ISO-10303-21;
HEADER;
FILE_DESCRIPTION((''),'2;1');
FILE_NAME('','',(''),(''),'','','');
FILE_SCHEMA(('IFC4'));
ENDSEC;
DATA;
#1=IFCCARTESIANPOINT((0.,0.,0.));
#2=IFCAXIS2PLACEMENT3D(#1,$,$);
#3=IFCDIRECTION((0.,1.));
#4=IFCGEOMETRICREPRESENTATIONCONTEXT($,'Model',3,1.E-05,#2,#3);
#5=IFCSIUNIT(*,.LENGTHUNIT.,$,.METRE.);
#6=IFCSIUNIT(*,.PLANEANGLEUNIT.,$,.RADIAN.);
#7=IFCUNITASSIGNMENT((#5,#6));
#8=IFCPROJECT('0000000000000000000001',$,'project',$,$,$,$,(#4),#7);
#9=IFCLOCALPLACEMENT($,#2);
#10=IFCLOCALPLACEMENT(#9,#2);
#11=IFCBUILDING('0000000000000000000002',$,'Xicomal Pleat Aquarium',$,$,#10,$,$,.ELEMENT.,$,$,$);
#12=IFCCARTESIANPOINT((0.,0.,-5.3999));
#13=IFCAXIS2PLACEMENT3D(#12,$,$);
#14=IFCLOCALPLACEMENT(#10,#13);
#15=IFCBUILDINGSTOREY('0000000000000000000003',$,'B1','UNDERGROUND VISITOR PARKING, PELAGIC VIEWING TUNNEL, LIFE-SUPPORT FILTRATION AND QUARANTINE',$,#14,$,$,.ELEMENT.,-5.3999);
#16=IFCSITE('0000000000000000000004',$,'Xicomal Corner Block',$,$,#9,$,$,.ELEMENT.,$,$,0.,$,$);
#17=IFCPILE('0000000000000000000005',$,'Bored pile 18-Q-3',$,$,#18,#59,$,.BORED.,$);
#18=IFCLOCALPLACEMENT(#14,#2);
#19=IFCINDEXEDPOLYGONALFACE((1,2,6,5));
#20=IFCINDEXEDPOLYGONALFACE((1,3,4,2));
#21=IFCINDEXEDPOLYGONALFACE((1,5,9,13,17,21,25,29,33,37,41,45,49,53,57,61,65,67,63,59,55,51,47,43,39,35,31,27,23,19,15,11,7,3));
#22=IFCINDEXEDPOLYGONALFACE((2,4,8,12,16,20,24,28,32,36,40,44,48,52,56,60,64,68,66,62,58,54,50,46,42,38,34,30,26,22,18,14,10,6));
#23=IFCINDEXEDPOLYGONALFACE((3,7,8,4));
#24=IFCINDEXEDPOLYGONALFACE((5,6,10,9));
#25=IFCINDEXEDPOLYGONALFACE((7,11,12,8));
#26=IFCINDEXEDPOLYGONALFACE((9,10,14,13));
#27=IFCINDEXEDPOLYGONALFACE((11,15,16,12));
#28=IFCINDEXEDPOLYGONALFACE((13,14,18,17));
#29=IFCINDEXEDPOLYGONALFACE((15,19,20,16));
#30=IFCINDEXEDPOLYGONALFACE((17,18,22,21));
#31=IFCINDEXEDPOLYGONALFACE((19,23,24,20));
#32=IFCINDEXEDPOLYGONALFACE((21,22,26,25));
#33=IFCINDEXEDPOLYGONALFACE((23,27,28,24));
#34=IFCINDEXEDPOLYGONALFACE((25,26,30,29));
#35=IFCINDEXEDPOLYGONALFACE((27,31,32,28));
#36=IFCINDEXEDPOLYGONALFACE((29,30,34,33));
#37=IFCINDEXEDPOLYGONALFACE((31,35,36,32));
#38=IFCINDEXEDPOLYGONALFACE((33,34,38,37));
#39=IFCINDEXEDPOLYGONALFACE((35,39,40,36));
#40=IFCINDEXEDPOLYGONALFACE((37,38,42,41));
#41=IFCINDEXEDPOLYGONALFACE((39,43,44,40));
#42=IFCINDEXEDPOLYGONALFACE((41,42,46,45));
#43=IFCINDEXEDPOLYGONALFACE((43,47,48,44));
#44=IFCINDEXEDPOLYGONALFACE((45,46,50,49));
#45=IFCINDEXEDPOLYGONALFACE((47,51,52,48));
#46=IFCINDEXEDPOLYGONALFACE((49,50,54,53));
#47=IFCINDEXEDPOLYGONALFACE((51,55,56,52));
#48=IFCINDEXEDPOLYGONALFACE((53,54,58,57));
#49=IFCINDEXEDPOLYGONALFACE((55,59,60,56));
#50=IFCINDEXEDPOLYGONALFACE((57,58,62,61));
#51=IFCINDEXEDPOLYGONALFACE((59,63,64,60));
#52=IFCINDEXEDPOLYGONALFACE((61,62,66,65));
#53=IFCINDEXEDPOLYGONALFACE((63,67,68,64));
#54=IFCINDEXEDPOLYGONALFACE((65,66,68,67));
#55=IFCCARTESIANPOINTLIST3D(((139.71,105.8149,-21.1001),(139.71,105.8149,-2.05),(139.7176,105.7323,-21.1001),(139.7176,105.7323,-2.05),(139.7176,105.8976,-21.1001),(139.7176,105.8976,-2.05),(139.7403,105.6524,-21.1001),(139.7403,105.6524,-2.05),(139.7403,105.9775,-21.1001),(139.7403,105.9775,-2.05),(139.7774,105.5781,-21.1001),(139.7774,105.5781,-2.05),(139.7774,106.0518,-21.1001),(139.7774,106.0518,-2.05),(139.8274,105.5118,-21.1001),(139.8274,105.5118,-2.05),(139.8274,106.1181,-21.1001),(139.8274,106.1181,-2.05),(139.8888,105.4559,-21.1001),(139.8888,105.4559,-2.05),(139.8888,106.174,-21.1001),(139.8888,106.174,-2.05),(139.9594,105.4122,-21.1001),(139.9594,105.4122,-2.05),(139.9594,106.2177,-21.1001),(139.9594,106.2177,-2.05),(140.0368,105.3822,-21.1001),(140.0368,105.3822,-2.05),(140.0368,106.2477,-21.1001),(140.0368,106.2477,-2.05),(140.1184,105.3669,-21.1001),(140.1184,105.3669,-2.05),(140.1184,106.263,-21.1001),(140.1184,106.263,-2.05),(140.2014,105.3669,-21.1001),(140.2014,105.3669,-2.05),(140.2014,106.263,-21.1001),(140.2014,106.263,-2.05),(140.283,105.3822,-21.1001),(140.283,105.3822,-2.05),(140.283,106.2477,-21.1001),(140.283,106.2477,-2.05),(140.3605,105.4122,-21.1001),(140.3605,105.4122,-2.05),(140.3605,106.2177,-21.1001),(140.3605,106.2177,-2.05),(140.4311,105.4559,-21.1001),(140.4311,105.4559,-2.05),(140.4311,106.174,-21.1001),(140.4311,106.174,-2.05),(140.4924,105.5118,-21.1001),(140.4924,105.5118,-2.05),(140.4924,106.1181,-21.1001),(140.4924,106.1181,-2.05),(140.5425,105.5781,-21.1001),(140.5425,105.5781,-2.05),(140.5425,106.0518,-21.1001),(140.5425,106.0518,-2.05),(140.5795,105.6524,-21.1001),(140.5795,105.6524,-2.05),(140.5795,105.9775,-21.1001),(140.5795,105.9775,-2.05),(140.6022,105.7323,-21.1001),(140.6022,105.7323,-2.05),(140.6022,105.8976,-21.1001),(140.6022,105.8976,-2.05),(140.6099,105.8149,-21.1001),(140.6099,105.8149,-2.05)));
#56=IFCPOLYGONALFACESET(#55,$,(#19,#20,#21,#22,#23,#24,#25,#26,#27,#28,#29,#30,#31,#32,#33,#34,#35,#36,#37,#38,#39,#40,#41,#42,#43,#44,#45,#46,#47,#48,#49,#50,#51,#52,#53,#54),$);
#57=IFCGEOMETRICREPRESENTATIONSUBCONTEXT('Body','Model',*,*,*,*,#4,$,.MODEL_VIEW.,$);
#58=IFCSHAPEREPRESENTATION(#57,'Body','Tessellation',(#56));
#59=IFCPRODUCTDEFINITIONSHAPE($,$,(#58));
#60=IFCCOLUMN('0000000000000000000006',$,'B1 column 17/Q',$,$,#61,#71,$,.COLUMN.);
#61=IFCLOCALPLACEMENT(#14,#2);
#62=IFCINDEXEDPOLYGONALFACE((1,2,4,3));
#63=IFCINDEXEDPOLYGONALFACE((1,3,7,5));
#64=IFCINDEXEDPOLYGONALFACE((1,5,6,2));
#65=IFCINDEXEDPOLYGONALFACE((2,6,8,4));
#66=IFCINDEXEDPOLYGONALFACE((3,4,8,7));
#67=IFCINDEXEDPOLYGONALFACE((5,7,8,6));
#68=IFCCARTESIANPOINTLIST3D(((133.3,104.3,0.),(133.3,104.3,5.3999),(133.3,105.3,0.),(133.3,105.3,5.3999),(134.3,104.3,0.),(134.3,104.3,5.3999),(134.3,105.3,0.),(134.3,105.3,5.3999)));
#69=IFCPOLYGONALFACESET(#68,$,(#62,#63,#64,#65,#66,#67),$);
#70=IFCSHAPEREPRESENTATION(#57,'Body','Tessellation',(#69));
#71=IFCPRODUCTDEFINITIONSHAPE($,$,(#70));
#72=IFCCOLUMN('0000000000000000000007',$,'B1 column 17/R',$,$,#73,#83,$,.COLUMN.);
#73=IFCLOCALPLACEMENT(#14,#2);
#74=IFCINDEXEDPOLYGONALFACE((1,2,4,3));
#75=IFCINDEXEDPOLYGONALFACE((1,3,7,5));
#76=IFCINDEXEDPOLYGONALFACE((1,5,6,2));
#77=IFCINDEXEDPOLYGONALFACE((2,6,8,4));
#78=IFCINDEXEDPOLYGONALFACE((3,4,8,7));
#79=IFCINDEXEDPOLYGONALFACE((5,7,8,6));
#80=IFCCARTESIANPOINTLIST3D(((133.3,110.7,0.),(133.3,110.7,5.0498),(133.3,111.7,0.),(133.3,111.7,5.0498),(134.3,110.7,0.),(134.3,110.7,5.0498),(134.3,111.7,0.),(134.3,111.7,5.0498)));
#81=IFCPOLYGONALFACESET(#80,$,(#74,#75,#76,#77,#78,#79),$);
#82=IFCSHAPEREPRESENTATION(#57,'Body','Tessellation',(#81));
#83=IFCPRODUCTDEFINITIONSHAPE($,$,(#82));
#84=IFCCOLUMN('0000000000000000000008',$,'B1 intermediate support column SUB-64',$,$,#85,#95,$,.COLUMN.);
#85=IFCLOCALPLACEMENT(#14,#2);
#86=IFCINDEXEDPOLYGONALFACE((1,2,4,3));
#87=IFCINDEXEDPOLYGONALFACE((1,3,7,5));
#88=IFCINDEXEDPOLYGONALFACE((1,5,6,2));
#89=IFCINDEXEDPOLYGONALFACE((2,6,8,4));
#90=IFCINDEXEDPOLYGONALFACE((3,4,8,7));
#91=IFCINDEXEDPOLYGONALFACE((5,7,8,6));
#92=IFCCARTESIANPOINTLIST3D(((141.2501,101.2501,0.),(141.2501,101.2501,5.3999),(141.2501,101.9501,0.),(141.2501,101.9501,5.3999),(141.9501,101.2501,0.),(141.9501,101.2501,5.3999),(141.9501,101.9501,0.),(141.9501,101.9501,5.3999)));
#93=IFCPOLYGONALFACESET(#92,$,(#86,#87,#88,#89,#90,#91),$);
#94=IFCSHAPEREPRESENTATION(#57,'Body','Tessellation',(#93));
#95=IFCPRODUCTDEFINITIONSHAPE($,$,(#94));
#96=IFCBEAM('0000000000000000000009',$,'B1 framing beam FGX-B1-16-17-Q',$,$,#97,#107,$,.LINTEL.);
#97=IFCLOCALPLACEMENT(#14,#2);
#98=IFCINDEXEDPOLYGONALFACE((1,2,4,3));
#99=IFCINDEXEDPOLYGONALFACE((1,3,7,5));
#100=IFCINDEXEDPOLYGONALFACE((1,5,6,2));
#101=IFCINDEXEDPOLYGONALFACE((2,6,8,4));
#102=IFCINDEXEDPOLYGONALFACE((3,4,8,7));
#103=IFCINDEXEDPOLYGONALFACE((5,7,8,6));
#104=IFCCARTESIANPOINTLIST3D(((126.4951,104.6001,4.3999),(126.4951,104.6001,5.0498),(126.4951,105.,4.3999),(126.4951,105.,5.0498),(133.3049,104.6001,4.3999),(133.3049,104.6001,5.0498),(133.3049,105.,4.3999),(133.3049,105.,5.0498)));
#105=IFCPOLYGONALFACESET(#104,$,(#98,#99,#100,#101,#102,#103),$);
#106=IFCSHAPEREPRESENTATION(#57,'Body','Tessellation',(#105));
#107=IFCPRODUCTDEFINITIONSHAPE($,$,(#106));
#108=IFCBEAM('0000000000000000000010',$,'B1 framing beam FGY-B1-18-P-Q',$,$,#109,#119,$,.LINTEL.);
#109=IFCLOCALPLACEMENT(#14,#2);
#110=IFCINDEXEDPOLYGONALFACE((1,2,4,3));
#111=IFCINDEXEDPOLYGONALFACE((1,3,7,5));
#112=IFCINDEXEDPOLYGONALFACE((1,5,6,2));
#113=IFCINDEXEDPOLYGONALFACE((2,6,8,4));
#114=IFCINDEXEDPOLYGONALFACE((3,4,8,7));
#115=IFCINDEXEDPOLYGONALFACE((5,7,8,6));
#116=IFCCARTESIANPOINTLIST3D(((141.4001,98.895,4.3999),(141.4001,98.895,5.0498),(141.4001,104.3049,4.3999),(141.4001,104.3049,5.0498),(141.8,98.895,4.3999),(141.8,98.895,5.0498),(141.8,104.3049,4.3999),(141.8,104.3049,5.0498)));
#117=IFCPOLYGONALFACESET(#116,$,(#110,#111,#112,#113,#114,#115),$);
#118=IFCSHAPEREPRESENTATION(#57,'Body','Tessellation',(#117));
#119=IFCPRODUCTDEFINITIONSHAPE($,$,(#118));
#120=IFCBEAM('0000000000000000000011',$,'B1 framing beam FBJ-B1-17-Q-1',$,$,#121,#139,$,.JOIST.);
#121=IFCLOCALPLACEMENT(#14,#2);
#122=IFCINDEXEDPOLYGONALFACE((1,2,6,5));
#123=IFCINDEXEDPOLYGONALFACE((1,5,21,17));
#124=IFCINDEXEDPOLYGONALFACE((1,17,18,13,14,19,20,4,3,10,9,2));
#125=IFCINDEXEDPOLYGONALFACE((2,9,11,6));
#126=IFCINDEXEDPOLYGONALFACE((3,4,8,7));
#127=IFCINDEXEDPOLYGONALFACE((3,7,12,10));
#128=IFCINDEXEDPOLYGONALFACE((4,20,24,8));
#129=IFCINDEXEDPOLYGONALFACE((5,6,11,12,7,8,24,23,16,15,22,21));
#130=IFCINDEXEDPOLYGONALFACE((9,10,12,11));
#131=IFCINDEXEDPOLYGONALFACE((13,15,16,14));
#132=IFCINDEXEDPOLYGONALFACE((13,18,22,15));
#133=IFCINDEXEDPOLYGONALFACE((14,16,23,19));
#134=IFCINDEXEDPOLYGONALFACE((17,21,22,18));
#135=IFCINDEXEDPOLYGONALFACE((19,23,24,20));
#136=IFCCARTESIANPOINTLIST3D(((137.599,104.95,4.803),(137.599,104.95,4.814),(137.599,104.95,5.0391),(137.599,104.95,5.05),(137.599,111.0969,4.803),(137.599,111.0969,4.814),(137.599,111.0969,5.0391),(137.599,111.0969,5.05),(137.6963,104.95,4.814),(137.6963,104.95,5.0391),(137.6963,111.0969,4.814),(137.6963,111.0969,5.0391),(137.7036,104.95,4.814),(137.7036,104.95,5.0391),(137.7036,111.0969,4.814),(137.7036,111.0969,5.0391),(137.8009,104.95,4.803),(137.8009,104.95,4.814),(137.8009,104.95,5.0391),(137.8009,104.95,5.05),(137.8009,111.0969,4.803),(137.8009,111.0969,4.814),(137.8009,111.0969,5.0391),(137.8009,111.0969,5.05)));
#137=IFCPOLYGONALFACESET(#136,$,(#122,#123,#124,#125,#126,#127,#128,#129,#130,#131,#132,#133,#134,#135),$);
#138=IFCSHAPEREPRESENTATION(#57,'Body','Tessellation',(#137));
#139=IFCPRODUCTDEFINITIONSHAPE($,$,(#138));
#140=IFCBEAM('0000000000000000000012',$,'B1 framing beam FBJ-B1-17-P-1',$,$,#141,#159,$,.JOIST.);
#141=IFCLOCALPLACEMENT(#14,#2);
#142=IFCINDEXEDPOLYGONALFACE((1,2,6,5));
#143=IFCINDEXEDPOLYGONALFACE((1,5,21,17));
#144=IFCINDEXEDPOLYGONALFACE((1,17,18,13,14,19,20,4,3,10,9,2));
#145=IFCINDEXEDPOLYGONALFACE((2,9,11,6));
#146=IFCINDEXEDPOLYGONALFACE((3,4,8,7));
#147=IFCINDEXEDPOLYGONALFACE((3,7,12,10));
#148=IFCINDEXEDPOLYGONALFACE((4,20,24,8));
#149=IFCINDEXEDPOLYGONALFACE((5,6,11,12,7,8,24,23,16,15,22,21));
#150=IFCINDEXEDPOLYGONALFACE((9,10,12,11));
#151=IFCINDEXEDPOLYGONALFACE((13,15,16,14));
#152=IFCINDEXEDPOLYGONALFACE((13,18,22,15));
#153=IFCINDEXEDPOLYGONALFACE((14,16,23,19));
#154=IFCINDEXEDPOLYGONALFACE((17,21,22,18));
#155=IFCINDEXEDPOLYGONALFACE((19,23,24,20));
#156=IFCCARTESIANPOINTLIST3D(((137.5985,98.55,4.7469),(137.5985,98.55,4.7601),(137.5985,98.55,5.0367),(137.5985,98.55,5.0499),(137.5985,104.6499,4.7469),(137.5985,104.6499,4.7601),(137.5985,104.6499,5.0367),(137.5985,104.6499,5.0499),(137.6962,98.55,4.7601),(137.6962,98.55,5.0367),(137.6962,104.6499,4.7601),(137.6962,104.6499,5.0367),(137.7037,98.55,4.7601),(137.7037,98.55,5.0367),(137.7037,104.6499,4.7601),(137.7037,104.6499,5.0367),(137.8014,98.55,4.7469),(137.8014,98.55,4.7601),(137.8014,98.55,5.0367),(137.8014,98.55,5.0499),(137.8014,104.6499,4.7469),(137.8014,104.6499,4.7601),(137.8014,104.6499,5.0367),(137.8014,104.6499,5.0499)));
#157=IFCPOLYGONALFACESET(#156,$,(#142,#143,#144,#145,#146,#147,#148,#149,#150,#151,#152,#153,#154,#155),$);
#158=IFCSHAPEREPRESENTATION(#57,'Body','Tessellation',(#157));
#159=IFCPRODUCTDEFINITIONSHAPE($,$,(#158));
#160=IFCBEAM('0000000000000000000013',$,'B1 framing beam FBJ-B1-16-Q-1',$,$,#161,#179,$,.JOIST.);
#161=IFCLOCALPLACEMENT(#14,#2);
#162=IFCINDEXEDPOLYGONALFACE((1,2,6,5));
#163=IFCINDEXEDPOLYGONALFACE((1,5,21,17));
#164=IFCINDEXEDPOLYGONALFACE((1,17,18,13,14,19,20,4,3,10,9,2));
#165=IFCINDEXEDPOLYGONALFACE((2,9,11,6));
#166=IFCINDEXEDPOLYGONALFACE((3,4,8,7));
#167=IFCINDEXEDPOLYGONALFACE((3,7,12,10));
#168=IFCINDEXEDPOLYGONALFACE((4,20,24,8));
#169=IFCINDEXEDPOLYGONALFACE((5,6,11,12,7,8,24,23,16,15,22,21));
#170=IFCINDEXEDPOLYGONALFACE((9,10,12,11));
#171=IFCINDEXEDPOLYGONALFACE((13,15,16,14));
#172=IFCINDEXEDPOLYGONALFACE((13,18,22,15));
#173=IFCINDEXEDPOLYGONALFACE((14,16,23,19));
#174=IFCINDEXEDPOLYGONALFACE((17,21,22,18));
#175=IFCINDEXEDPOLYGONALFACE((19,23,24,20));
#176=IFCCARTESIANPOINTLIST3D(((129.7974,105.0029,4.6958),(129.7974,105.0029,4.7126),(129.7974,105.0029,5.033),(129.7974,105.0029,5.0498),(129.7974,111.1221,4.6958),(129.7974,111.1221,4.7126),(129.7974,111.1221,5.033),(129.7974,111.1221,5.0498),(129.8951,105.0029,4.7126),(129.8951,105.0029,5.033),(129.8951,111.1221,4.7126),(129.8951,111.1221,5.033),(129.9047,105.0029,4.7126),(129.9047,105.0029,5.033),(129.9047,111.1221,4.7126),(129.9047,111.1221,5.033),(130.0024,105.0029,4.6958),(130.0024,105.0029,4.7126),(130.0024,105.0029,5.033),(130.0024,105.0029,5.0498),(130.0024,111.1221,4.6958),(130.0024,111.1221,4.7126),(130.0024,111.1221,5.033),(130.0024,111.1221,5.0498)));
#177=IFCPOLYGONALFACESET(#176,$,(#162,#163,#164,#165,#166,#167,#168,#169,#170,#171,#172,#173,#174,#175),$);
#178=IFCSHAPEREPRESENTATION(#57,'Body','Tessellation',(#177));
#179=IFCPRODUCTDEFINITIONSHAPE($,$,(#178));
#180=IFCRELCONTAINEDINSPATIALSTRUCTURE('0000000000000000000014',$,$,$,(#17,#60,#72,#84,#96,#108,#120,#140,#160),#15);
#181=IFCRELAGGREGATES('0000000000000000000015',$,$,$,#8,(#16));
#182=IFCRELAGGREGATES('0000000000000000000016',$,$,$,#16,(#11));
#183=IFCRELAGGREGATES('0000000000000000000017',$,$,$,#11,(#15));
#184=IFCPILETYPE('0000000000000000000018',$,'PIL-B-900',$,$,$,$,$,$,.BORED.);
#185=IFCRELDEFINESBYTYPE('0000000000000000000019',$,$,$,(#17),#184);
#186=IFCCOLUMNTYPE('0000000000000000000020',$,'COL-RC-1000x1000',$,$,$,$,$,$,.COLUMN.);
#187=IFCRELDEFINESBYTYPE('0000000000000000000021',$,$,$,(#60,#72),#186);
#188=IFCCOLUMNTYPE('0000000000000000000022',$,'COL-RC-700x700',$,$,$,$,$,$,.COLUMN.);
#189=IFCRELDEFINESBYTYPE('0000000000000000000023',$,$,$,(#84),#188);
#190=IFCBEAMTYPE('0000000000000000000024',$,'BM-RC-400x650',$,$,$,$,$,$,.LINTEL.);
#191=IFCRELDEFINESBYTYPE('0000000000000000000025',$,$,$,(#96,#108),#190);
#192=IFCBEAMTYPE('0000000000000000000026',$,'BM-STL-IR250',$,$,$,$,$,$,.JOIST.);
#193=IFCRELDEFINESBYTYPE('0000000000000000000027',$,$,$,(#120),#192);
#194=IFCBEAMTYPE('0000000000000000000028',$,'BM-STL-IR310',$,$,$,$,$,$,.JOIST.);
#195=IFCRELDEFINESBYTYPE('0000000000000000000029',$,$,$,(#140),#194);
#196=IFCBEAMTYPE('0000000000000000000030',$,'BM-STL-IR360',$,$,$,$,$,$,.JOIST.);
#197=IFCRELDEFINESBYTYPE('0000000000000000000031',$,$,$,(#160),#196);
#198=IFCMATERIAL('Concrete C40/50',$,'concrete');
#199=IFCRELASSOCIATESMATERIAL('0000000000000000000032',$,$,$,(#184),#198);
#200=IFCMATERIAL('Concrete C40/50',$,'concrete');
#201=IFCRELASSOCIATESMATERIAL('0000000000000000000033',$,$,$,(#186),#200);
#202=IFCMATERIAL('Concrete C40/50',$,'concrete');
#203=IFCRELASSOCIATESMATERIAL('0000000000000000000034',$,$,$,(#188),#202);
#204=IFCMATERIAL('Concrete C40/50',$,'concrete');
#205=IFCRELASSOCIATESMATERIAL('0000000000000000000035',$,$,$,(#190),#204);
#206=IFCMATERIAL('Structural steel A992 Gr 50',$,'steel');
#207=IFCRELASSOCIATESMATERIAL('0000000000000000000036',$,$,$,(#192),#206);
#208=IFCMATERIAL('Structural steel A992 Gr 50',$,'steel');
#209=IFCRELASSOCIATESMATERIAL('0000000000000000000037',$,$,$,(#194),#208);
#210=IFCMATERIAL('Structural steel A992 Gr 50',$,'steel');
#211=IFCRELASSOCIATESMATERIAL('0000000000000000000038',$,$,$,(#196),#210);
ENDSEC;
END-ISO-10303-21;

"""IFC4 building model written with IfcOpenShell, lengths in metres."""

from ifc_helpers import new_model, si_unit, direction, frame, origin, origin_2d, place, context, subcontext, project, spatial, rectangle, circle, i_section, extrude, material, material_profile, profile_set, type_object, element, save


model = new_model("IFC4")

# Units and contexts
model_context = context("Model", 3, precision=1e-05, world=origin(), true_north=direction((0.0, 1.0)))
body_context = subcontext(model_context, "Body", "Model", "MODEL_VIEW")
ifc_project = project(units=[si_unit("LENGTHUNIT", "METRE"), si_unit("PLANEANGLEUNIT", "RADIAN")], contexts=[model_context])

# Site, building, storey
site_placement = place(None, origin())
site = spatial("IfcSite", under=ifc_project, at=site_placement, Name="Xicomal Corner Block", CompositionType="ELEMENT", RefElevation=0.0)
building_placement = place(site_placement, origin())
building = spatial("IfcBuilding", under=site, at=building_placement, Name="Xicomal Pleat Aquarium", CompositionType="ELEMENT")
storey_placement = place(building_placement, frame((0.0, 0.0, -5.3999)))
storey = spatial("IfcBuildingStorey", under=building, at=storey_placement, Name="B1", Description="UNDERGROUND VISITOR PARKING, PELAGIC VIEWING TUNNEL, LIFE-SUPPORT FILTRATION AND QUARANTINE", CompositionType="ELEMENT", Elevation=-5.3999)

# Pile
ifc_material_1 = material(Name="Concrete C40/50", Category="concrete")
ifc_material_profile_1 = material_profile(ifc_material_1, circle(Radius=0.45, at=origin_2d()), Name="BORED PILE D900")
ifc_profile_set_1 = profile_set([ifc_material_profile_1], Name="Concrete C40/50")
pile_type_1 = type_object("IfcPileType", Name="PIL-B-900", PredefinedType="BORED", material=ifc_profile_set_1)
for number, where, z_axis, x_axis, name in (
    (1, (140.1599, 105.8149, -2.05), (0.0, 0.0, -1.0), (1.0, 0.0, 0.0), "Bored pile 18-Q-3"),
):
    element("IfcPile", number, at=place(storey_placement, frame(where, z_axis=z_axis, x_axis=x_axis)), inside=storey, type_object=pile_type_1, Name=name, PredefinedType="BORED", context=body_context, shape_type="SweptSolid", body=[
        extrude(circle(Radius=0.45, at=origin_2d()), origin(), (0.0, 0.0, 1.0), 19.05),
    ])

# Columns
ifc_material_2 = material(Name="Concrete C40/50", Category="concrete")
ifc_material_profile_2 = material_profile(ifc_material_2, rectangle(XDim=1.0, YDim=1.0, at=origin_2d()), Name="RC 1000x1000")
ifc_profile_set_2 = profile_set([ifc_material_profile_2], Name="Concrete C40/50")
column_type_1 = type_object("IfcColumnType", Name="COL-RC-1000x1000", PredefinedType="COLUMN", material=ifc_profile_set_2)
column_1_placement = place(storey_placement, frame((133.8, 104.8, 0.0), z_axis=(0.0, 0.0, 1.0), x_axis=(1.0, 0.0, 0.0)))
element("IfcColumn", 2, at=column_1_placement, inside=storey, type_object=column_type_1, Name="B1 column 17/Q", PredefinedType="COLUMN", context=body_context, shape_type="SweptSolid", body=[
    extrude(rectangle(XDim=1.0, YDim=1.0, at=origin_2d()), origin(), (0.0, 0.0, 1.0), 5.3999),
])
column_2_placement = place(storey_placement, frame((133.8, 111.2, 0.0), z_axis=(0.0, 0.0, 1.0), x_axis=(1.0, 0.0, 0.0)))
element("IfcColumn", 3, at=column_2_placement, inside=storey, type_object=column_type_1, Name="B1 column 17/R", PredefinedType="COLUMN", context=body_context, shape_type="SweptSolid", body=[
    extrude(rectangle(XDim=1.0, YDim=1.0, at=origin_2d()), origin(), (0.0, 0.0, 1.0), 5.0498),
])
ifc_material_3 = material(Name="Concrete C40/50", Category="concrete")
ifc_material_profile_3 = material_profile(ifc_material_3, rectangle(XDim=0.7, YDim=0.7, at=origin_2d()), Name="RC 700x700")
ifc_profile_set_3 = profile_set([ifc_material_profile_3], Name="Concrete C40/50")
column_type_2 = type_object("IfcColumnType", Name="COL-RC-700x700", PredefinedType="COLUMN", material=ifc_profile_set_3)
column_3_placement = place(storey_placement, frame((141.6001, 101.6001, 0.0), z_axis=(0.0, 0.0, 1.0), x_axis=(1.0, 0.0, 0.0)))
element("IfcColumn", 4, at=column_3_placement, inside=storey, type_object=column_type_2, Name="B1 intermediate support column SUB-64", PredefinedType="COLUMN", context=body_context, shape_type="SweptSolid", body=[
    extrude(rectangle(XDim=0.7, YDim=0.7, at=origin_2d()), origin(), (0.0, 0.0, 1.0), 5.3999),
])

# Beams
ifc_material_4 = material(Name="Concrete C40/50", Category="concrete")
ifc_material_profile_4 = material_profile(ifc_material_4, rectangle(XDim=0.3999, YDim=0.6499, at=origin_2d()), Name="RC 400x650")
ifc_profile_set_4 = profile_set([ifc_material_profile_4], Name="Concrete C40/50")
beam_type_1 = type_object("IfcBeamType", Name="BM-RC-400x650", PredefinedType="LINTEL", material=ifc_profile_set_4)
beam_1_placement = place(storey_placement, frame((126.4951, 104.8, 4.7249), z_axis=(1.0, 0.0, 0.0), x_axis=(0.0, 1.0, 0.0)))
element("IfcBeam", 5, at=beam_1_placement, inside=storey, type_object=beam_type_1, Name="B1 framing beam FGX-B1-16-17-Q", PredefinedType="LINTEL", context=body_context, shape_type="SweptSolid", body=[
    extrude(rectangle(XDim=0.3999, YDim=0.6499, at=origin_2d()), origin(), (0.0, 0.0, 1.0), 6.8098),
])
beam_2_placement = place(storey_placement, frame((141.6001, 98.895, 4.7249), z_axis=(0.0, 1.0, 0.0), x_axis=(-1.0, 0.0, 0.0)))
element("IfcBeam", 6, at=beam_2_placement, inside=storey, type_object=beam_type_1, Name="B1 framing beam FGY-B1-18-P-Q", PredefinedType="LINTEL", context=body_context, shape_type="SweptSolid", body=[
    extrude(rectangle(XDim=0.3999, YDim=0.6499, at=origin_2d()), origin(), (0.0, 0.0, 1.0), 5.4099),
])
ifc_material_5 = material(Name="Structural steel A992 Gr 50", Category="steel")
ifc_material_profile_5 = material_profile(ifc_material_5, i_section(OverallWidth=0.2019, OverallDepth=0.2471, WebThickness=0.0073, FlangeThickness=0.011, at=origin_2d()), Name="IR 250x49")
ifc_profile_set_5 = profile_set([ifc_material_profile_5], Name="Structural steel A992 Gr 50")
beam_type_2 = type_object("IfcBeamType", Name="BM-STL-IR250", PredefinedType="JOIST", material=ifc_profile_set_5)
beam_3_placement = place(storey_placement, frame((137.7, 104.95, 4.9265), z_axis=(0.0, 1.0, 0.0), x_axis=(-1.0, 0.0, 0.0)))
element("IfcBeam", 7, at=beam_3_placement, inside=storey, type_object=beam_type_2, Name="B1 framing beam FBJ-B1-17-Q-1", PredefinedType="JOIST", context=body_context, shape_type="SweptSolid", body=[
    extrude(i_section(OverallWidth=0.2019, OverallDepth=0.2471, WebThickness=0.0073, FlangeThickness=0.011, at=origin_2d()), origin(), (0.0, 0.0, 1.0), 6.147),
])
ifc_material_6 = material(Name="Structural steel A992 Gr 50", Category="steel")
ifc_material_profile_6 = material_profile(ifc_material_6, i_section(OverallWidth=0.2029, OverallDepth=0.303, WebThickness=0.0076, FlangeThickness=0.0132, at=origin_2d()), Name="IR 310x60")
ifc_profile_set_6 = profile_set([ifc_material_profile_6], Name="Structural steel A992 Gr 50")
beam_type_3 = type_object("IfcBeamType", Name="BM-STL-IR310", PredefinedType="JOIST", material=ifc_profile_set_6)
beam_4_placement = place(storey_placement, frame((137.7, 98.55, 4.8984), z_axis=(0.0, 1.0, 0.0), x_axis=(-1.0, 0.0, 0.0)))
element("IfcBeam", 8, at=beam_4_placement, inside=storey, type_object=beam_type_3, Name="B1 framing beam FBJ-B1-17-P-1", PredefinedType="JOIST", context=body_context, shape_type="SweptSolid", body=[
    extrude(i_section(OverallWidth=0.2029, OverallDepth=0.303, WebThickness=0.0076, FlangeThickness=0.0132, at=origin_2d()), origin(), (0.0, 0.0, 1.0), 6.0999),
])
ifc_material_7 = material(Name="Structural steel A992 Gr 50", Category="steel")
ifc_material_profile_7 = material_profile(ifc_material_7, i_section(OverallWidth=0.2051, OverallDepth=0.354, WebThickness=0.0095, FlangeThickness=0.0168, at=origin_2d()), Name="IR 360x79")
ifc_profile_set_7 = profile_set([ifc_material_profile_7], Name="Structural steel A992 Gr 50")
beam_type_4 = type_object("IfcBeamType", Name="BM-STL-IR360", PredefinedType="JOIST", material=ifc_profile_set_7)
beam_5_placement = place(storey_placement, frame((129.8999, 105.0029, 4.8728), z_axis=(0.0, 1.0, 0.0), x_axis=(-1.0, 0.0, 0.0)))
element("IfcBeam", 9, at=beam_5_placement, inside=storey, type_object=beam_type_4, Name="B1 framing beam FBJ-B1-16-Q-1", PredefinedType="JOIST", context=body_context, shape_type="SweptSolid", body=[
    extrude(i_section(OverallWidth=0.2051, OverallDepth=0.354, WebThickness=0.0095, FlangeThickness=0.0168, at=origin_2d()), origin(), (0.0, 0.0, 1.0), 6.1191),
])

save(model, "model.ifc")
